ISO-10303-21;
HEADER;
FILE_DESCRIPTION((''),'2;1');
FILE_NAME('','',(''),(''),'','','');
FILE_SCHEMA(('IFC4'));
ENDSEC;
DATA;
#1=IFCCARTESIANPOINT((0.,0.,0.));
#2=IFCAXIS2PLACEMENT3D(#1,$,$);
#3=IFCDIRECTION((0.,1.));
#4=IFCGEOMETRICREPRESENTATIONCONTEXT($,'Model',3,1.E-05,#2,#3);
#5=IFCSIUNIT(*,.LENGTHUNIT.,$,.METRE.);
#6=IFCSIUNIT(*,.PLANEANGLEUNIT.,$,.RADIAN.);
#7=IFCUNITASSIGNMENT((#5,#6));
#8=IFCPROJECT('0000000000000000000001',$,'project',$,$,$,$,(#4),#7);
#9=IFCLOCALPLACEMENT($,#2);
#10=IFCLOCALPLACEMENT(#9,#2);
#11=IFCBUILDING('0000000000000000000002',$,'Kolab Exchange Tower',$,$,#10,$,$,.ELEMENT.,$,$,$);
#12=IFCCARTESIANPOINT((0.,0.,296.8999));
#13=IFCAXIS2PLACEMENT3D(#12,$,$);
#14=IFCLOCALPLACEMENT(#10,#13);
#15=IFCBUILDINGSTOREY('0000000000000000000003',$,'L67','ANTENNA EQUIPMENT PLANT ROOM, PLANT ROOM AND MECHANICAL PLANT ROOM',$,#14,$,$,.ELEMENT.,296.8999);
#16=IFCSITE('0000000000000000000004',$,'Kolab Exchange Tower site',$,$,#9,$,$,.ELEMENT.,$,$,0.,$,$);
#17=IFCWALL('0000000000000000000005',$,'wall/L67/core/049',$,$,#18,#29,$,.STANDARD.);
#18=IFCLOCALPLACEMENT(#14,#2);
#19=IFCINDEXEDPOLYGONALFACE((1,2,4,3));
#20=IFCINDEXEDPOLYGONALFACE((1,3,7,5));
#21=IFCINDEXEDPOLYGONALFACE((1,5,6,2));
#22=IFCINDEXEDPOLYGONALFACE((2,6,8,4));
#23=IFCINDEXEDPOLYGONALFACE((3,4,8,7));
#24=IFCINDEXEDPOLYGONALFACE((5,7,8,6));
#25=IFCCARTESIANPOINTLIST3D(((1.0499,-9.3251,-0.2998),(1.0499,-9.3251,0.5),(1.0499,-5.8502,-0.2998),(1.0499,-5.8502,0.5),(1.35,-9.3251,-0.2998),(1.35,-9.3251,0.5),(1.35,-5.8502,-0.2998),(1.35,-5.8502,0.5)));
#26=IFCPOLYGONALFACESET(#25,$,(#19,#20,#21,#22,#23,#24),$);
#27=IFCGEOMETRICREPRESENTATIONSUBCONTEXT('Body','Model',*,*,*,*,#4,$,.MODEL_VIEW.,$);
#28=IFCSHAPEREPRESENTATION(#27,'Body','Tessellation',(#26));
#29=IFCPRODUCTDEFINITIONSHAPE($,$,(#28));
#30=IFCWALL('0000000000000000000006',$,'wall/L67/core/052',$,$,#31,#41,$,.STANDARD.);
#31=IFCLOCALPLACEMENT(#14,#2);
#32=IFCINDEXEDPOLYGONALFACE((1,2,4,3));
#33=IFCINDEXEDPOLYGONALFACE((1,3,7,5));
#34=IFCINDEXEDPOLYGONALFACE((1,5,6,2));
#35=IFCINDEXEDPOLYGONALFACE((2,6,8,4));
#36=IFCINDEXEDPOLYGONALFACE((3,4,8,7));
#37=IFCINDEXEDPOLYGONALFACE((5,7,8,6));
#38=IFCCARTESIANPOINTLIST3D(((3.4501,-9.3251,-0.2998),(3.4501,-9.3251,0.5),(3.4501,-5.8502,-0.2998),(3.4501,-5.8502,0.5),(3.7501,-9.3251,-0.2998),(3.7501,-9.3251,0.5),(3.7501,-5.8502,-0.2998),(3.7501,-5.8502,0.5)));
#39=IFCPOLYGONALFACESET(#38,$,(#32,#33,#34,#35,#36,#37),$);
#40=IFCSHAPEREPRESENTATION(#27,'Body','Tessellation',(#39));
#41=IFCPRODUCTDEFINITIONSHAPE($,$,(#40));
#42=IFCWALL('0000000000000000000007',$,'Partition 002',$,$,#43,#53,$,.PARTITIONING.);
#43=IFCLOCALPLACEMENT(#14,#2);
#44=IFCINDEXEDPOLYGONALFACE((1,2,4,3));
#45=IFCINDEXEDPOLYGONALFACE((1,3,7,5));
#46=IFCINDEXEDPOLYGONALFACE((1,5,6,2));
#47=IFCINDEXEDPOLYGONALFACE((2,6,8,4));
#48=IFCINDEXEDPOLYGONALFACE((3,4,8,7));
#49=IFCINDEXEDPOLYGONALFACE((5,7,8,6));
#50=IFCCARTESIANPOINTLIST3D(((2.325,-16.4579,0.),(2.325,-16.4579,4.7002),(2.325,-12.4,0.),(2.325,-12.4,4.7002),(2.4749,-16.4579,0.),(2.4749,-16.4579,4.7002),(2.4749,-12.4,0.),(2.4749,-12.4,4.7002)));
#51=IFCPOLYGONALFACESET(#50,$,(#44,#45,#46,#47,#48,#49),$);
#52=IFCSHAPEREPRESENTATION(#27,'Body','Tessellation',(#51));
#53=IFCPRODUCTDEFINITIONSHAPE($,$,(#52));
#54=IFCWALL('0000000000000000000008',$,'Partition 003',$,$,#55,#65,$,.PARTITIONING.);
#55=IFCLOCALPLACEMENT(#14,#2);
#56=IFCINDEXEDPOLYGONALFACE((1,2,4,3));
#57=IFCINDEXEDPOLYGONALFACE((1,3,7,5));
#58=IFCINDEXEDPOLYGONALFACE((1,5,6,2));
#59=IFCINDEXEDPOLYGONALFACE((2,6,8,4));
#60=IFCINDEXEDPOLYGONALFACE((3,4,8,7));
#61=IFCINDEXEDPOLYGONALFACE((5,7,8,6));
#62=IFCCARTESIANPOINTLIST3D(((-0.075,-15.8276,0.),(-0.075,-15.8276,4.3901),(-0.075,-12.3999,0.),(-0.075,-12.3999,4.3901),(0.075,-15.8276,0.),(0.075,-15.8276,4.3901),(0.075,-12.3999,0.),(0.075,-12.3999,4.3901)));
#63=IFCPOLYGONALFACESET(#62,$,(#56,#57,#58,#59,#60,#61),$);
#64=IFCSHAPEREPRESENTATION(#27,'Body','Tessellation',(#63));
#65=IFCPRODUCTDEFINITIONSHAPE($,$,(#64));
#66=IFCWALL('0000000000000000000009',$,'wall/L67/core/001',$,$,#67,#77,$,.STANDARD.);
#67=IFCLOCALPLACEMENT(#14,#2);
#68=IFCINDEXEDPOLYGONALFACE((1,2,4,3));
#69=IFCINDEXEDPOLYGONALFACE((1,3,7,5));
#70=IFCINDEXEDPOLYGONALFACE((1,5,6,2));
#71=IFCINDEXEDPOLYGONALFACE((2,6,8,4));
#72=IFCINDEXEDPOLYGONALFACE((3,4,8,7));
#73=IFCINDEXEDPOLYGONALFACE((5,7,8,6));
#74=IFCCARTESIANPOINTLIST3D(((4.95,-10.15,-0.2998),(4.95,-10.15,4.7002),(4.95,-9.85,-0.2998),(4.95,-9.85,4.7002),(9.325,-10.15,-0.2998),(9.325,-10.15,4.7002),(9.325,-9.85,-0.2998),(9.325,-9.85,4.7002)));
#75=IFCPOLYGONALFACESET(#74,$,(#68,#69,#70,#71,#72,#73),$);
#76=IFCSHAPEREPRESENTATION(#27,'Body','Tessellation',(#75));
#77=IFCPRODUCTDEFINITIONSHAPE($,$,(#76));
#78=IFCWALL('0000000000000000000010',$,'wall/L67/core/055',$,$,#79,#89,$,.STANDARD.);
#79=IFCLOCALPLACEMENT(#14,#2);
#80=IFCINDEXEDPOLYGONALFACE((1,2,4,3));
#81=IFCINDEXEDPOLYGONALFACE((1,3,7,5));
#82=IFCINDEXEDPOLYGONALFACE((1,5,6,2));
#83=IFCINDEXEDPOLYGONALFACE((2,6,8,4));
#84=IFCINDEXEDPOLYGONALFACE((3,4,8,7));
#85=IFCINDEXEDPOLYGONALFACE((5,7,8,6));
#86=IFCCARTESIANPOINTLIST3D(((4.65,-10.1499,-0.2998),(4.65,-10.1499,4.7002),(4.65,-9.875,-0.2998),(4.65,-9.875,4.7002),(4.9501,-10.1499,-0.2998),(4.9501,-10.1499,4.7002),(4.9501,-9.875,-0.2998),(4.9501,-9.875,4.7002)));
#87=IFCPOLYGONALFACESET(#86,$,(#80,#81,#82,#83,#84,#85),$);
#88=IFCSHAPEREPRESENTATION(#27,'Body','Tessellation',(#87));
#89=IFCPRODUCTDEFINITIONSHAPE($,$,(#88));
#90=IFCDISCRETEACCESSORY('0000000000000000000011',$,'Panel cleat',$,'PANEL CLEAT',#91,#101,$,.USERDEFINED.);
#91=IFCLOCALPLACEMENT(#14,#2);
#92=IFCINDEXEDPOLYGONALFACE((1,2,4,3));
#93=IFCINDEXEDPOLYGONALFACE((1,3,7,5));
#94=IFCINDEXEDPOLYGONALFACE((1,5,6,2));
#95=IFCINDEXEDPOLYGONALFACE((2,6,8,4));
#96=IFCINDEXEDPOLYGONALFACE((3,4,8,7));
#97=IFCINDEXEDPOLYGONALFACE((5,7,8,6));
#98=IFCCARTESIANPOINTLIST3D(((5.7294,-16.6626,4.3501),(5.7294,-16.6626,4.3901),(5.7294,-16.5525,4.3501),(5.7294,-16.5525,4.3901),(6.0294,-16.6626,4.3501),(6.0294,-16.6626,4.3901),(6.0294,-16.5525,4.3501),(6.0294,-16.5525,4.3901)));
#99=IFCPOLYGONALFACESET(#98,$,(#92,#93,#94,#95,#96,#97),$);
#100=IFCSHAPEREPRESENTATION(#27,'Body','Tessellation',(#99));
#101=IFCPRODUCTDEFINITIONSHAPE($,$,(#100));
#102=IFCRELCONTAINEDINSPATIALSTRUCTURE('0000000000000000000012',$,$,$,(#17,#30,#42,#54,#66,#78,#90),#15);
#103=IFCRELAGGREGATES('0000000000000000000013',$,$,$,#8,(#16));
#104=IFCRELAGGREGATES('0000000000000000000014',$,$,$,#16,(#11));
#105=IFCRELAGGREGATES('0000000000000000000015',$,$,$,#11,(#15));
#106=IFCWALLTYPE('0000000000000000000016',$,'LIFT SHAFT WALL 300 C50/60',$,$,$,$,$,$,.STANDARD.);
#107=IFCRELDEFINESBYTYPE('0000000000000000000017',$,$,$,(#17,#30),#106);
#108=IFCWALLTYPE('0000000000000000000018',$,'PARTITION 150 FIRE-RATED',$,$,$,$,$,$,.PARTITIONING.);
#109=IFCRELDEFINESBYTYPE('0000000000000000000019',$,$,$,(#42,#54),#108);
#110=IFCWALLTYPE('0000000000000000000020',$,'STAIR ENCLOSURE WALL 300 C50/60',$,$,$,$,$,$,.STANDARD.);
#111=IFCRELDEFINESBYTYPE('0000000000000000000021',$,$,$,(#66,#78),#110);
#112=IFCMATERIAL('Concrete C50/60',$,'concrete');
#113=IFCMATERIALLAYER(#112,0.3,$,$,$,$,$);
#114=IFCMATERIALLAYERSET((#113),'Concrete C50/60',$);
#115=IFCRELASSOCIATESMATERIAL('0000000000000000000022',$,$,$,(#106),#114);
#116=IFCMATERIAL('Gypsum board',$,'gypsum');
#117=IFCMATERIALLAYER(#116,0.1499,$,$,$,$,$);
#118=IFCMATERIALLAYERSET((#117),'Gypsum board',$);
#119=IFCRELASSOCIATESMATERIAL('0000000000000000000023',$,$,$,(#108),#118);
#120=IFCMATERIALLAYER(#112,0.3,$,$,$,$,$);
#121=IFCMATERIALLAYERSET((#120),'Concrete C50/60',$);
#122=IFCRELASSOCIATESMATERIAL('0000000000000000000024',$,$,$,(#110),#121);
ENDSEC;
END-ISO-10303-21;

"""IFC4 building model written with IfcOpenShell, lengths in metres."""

from ifc_helpers import new_model, si_unit, direction, frame, frame_2d, origin, origin_2d, place, context, subcontext, project, spatial, rectangle, extrude, material, layer, layer_set, type_object, element, save


model = new_model("IFC4")

# Units and contexts
model_context = context("Model", 3, precision=1e-05, world=origin(), true_north=direction((0.0, 1.0)))
body_context = subcontext(model_context, "Body", "Model", "MODEL_VIEW")
ifc_project = project(units=[si_unit("LENGTHUNIT", "METRE"), si_unit("PLANEANGLEUNIT", "RADIAN")], contexts=[model_context])

# Site, building, storey
site_placement = place(None, origin())
site = spatial("IfcSite", under=ifc_project, at=site_placement, Name="Kolab Exchange Tower site", CompositionType="ELEMENT", RefElevation=0.0)
building_placement = place(site_placement, origin())
building = spatial("IfcBuilding", under=site, at=building_placement, Name="Kolab Exchange Tower", CompositionType="ELEMENT")
storey_placement = place(building_placement, frame((0.0, 0.0, 296.8999)))
storey = spatial("IfcBuildingStorey", under=building, at=storey_placement, Name="L67", Description="ANTENNA EQUIPMENT PLANT ROOM, PLANT ROOM AND MECHANICAL PLANT ROOM", CompositionType="ELEMENT", Elevation=296.8999)

# Shared definitions
ifc_material_1 = material(Name="Concrete C50/60", Category="concrete")

# Walls
ifc_layer_1 = layer(ifc_material_1, 0.3)
ifc_layer_set_1 = layer_set([ifc_layer_1], Name="Concrete C50/60")
wall_type_1 = type_object("IfcWallType", Name="LIFT SHAFT WALL 300 C50/60", PredefinedType="STANDARD", material=ifc_layer_set_1)
for number, where, z_axis, x_axis, name in (
    (1, (1.2, -9.325, -0.2998), (0.0, 0.0, 1.0), (0.0, 1.0, 0.0), "wall/L67/core/049"),
    (2, (3.6001, -9.325, -0.2998), (0.0, 0.0, 1.0), (0.0, 1.0, 0.0), "wall/L67/core/052"),
):
    element("IfcWall", number, at=place(storey_placement, frame(where, z_axis=z_axis, x_axis=x_axis)), inside=storey, type_object=wall_type_1, Name=name, PredefinedType="STANDARD", context=body_context, shape_type="SweptSolid", body=[
        extrude(rectangle(XDim=3.4749, YDim=0.3, at=frame_2d((1.7373, 0.0))), origin(), (0.0, 0.0, 1.0), 0.7998),
    ])
ifc_material_2 = material(Name="Gypsum board", Category="gypsum")
ifc_layer_2 = layer(ifc_material_2, 0.1499)
ifc_layer_set_2 = layer_set([ifc_layer_2], Name="Gypsum board")
wall_type_2 = type_object("IfcWallType", Name="PARTITION 150 FIRE-RATED", PredefinedType="PARTITIONING", material=ifc_layer_set_2)
wall_1_placement = place(storey_placement, frame((2.3999, -16.4578, 0.0), z_axis=(0.0, 0.0, 1.0), x_axis=(0.0, 1.0, 0.0)))
element("IfcWall", 3, at=wall_1_placement, inside=storey, type_object=wall_type_2, Name="Partition 002", PredefinedType="PARTITIONING", context=body_context, shape_type="SweptSolid", body=[
    extrude(rectangle(XDim=4.0579, YDim=0.1499, at=frame_2d((2.0288, 0.0))), origin(), (0.0, 0.0, 1.0), 4.7002),
])
wall_2_placement = place(storey_placement, frame((0.0, -15.8276, 0.0), z_axis=(0.0, 0.0, 1.0), x_axis=(0.0, 1.0, 0.0)))
element("IfcWall", 4, at=wall_2_placement, inside=storey, type_object=wall_type_2, Name="Partition 003", PredefinedType="PARTITIONING", context=body_context, shape_type="SweptSolid", body=[
    extrude(rectangle(XDim=3.4277, YDim=0.1499, at=frame_2d((1.7139, 0.0))), origin(), (0.0, 0.0, 1.0), 4.3901),
])
ifc_layer_3 = layer(ifc_material_1, 0.3)
ifc_layer_set_3 = layer_set([ifc_layer_3], Name="Concrete C50/60")
wall_type_3 = type_object("IfcWallType", Name="STAIR ENCLOSURE WALL 300 C50/60", PredefinedType="STANDARD", material=ifc_layer_set_3)
wall_3_placement = place(storey_placement, frame((4.95, -10.0, -0.2998), z_axis=(0.0, 0.0, 1.0), x_axis=(1.0, 0.0, 0.0)))
element("IfcWall", 5, at=wall_3_placement, inside=storey, type_object=wall_type_3, Name="wall/L67/core/001", PredefinedType="STANDARD", context=body_context, shape_type="SweptSolid", body=[
    extrude(rectangle(XDim=4.375, YDim=0.3, at=frame_2d((2.1875, 0.0))), origin(), (0.0, 0.0, 1.0), 5.0),
])
wall_4_placement = place(storey_placement, frame((4.8, -10.1499, -0.2998), z_axis=(0.0, 0.0, 1.0), x_axis=(0.0, 1.0, 0.0)))
element("IfcWall", 6, at=wall_4_placement, inside=storey, type_object=wall_type_3, Name="wall/L67/core/055", PredefinedType="STANDARD", context=body_context, shape_type="SweptSolid", body=[
    extrude(rectangle(XDim=0.2749, YDim=0.3, at=frame_2d((0.1375, 0.0))), origin(), (0.0, 0.0, 1.0), 5.0),
])

# Discrete accessory
discrete_accessory_placement = place(storey_placement, frame((5.8794, -16.5525, 4.3701), z_axis=(0.0, -1.0, 0.0), x_axis=(1.0, 0.0, 0.0)))
element("IfcDiscreteAccessory", 7, at=discrete_accessory_placement, inside=storey, Name="Panel cleat", ObjectType="PANEL CLEAT", PredefinedType="USERDEFINED", context=body_context, shape_type="SweptSolid", body=[
    extrude(rectangle(XDim=0.3, YDim=0.04, at=origin_2d()), origin(), (0.0, 0.0, 1.0), 0.1101),
])

save(model, "model.ifc")
